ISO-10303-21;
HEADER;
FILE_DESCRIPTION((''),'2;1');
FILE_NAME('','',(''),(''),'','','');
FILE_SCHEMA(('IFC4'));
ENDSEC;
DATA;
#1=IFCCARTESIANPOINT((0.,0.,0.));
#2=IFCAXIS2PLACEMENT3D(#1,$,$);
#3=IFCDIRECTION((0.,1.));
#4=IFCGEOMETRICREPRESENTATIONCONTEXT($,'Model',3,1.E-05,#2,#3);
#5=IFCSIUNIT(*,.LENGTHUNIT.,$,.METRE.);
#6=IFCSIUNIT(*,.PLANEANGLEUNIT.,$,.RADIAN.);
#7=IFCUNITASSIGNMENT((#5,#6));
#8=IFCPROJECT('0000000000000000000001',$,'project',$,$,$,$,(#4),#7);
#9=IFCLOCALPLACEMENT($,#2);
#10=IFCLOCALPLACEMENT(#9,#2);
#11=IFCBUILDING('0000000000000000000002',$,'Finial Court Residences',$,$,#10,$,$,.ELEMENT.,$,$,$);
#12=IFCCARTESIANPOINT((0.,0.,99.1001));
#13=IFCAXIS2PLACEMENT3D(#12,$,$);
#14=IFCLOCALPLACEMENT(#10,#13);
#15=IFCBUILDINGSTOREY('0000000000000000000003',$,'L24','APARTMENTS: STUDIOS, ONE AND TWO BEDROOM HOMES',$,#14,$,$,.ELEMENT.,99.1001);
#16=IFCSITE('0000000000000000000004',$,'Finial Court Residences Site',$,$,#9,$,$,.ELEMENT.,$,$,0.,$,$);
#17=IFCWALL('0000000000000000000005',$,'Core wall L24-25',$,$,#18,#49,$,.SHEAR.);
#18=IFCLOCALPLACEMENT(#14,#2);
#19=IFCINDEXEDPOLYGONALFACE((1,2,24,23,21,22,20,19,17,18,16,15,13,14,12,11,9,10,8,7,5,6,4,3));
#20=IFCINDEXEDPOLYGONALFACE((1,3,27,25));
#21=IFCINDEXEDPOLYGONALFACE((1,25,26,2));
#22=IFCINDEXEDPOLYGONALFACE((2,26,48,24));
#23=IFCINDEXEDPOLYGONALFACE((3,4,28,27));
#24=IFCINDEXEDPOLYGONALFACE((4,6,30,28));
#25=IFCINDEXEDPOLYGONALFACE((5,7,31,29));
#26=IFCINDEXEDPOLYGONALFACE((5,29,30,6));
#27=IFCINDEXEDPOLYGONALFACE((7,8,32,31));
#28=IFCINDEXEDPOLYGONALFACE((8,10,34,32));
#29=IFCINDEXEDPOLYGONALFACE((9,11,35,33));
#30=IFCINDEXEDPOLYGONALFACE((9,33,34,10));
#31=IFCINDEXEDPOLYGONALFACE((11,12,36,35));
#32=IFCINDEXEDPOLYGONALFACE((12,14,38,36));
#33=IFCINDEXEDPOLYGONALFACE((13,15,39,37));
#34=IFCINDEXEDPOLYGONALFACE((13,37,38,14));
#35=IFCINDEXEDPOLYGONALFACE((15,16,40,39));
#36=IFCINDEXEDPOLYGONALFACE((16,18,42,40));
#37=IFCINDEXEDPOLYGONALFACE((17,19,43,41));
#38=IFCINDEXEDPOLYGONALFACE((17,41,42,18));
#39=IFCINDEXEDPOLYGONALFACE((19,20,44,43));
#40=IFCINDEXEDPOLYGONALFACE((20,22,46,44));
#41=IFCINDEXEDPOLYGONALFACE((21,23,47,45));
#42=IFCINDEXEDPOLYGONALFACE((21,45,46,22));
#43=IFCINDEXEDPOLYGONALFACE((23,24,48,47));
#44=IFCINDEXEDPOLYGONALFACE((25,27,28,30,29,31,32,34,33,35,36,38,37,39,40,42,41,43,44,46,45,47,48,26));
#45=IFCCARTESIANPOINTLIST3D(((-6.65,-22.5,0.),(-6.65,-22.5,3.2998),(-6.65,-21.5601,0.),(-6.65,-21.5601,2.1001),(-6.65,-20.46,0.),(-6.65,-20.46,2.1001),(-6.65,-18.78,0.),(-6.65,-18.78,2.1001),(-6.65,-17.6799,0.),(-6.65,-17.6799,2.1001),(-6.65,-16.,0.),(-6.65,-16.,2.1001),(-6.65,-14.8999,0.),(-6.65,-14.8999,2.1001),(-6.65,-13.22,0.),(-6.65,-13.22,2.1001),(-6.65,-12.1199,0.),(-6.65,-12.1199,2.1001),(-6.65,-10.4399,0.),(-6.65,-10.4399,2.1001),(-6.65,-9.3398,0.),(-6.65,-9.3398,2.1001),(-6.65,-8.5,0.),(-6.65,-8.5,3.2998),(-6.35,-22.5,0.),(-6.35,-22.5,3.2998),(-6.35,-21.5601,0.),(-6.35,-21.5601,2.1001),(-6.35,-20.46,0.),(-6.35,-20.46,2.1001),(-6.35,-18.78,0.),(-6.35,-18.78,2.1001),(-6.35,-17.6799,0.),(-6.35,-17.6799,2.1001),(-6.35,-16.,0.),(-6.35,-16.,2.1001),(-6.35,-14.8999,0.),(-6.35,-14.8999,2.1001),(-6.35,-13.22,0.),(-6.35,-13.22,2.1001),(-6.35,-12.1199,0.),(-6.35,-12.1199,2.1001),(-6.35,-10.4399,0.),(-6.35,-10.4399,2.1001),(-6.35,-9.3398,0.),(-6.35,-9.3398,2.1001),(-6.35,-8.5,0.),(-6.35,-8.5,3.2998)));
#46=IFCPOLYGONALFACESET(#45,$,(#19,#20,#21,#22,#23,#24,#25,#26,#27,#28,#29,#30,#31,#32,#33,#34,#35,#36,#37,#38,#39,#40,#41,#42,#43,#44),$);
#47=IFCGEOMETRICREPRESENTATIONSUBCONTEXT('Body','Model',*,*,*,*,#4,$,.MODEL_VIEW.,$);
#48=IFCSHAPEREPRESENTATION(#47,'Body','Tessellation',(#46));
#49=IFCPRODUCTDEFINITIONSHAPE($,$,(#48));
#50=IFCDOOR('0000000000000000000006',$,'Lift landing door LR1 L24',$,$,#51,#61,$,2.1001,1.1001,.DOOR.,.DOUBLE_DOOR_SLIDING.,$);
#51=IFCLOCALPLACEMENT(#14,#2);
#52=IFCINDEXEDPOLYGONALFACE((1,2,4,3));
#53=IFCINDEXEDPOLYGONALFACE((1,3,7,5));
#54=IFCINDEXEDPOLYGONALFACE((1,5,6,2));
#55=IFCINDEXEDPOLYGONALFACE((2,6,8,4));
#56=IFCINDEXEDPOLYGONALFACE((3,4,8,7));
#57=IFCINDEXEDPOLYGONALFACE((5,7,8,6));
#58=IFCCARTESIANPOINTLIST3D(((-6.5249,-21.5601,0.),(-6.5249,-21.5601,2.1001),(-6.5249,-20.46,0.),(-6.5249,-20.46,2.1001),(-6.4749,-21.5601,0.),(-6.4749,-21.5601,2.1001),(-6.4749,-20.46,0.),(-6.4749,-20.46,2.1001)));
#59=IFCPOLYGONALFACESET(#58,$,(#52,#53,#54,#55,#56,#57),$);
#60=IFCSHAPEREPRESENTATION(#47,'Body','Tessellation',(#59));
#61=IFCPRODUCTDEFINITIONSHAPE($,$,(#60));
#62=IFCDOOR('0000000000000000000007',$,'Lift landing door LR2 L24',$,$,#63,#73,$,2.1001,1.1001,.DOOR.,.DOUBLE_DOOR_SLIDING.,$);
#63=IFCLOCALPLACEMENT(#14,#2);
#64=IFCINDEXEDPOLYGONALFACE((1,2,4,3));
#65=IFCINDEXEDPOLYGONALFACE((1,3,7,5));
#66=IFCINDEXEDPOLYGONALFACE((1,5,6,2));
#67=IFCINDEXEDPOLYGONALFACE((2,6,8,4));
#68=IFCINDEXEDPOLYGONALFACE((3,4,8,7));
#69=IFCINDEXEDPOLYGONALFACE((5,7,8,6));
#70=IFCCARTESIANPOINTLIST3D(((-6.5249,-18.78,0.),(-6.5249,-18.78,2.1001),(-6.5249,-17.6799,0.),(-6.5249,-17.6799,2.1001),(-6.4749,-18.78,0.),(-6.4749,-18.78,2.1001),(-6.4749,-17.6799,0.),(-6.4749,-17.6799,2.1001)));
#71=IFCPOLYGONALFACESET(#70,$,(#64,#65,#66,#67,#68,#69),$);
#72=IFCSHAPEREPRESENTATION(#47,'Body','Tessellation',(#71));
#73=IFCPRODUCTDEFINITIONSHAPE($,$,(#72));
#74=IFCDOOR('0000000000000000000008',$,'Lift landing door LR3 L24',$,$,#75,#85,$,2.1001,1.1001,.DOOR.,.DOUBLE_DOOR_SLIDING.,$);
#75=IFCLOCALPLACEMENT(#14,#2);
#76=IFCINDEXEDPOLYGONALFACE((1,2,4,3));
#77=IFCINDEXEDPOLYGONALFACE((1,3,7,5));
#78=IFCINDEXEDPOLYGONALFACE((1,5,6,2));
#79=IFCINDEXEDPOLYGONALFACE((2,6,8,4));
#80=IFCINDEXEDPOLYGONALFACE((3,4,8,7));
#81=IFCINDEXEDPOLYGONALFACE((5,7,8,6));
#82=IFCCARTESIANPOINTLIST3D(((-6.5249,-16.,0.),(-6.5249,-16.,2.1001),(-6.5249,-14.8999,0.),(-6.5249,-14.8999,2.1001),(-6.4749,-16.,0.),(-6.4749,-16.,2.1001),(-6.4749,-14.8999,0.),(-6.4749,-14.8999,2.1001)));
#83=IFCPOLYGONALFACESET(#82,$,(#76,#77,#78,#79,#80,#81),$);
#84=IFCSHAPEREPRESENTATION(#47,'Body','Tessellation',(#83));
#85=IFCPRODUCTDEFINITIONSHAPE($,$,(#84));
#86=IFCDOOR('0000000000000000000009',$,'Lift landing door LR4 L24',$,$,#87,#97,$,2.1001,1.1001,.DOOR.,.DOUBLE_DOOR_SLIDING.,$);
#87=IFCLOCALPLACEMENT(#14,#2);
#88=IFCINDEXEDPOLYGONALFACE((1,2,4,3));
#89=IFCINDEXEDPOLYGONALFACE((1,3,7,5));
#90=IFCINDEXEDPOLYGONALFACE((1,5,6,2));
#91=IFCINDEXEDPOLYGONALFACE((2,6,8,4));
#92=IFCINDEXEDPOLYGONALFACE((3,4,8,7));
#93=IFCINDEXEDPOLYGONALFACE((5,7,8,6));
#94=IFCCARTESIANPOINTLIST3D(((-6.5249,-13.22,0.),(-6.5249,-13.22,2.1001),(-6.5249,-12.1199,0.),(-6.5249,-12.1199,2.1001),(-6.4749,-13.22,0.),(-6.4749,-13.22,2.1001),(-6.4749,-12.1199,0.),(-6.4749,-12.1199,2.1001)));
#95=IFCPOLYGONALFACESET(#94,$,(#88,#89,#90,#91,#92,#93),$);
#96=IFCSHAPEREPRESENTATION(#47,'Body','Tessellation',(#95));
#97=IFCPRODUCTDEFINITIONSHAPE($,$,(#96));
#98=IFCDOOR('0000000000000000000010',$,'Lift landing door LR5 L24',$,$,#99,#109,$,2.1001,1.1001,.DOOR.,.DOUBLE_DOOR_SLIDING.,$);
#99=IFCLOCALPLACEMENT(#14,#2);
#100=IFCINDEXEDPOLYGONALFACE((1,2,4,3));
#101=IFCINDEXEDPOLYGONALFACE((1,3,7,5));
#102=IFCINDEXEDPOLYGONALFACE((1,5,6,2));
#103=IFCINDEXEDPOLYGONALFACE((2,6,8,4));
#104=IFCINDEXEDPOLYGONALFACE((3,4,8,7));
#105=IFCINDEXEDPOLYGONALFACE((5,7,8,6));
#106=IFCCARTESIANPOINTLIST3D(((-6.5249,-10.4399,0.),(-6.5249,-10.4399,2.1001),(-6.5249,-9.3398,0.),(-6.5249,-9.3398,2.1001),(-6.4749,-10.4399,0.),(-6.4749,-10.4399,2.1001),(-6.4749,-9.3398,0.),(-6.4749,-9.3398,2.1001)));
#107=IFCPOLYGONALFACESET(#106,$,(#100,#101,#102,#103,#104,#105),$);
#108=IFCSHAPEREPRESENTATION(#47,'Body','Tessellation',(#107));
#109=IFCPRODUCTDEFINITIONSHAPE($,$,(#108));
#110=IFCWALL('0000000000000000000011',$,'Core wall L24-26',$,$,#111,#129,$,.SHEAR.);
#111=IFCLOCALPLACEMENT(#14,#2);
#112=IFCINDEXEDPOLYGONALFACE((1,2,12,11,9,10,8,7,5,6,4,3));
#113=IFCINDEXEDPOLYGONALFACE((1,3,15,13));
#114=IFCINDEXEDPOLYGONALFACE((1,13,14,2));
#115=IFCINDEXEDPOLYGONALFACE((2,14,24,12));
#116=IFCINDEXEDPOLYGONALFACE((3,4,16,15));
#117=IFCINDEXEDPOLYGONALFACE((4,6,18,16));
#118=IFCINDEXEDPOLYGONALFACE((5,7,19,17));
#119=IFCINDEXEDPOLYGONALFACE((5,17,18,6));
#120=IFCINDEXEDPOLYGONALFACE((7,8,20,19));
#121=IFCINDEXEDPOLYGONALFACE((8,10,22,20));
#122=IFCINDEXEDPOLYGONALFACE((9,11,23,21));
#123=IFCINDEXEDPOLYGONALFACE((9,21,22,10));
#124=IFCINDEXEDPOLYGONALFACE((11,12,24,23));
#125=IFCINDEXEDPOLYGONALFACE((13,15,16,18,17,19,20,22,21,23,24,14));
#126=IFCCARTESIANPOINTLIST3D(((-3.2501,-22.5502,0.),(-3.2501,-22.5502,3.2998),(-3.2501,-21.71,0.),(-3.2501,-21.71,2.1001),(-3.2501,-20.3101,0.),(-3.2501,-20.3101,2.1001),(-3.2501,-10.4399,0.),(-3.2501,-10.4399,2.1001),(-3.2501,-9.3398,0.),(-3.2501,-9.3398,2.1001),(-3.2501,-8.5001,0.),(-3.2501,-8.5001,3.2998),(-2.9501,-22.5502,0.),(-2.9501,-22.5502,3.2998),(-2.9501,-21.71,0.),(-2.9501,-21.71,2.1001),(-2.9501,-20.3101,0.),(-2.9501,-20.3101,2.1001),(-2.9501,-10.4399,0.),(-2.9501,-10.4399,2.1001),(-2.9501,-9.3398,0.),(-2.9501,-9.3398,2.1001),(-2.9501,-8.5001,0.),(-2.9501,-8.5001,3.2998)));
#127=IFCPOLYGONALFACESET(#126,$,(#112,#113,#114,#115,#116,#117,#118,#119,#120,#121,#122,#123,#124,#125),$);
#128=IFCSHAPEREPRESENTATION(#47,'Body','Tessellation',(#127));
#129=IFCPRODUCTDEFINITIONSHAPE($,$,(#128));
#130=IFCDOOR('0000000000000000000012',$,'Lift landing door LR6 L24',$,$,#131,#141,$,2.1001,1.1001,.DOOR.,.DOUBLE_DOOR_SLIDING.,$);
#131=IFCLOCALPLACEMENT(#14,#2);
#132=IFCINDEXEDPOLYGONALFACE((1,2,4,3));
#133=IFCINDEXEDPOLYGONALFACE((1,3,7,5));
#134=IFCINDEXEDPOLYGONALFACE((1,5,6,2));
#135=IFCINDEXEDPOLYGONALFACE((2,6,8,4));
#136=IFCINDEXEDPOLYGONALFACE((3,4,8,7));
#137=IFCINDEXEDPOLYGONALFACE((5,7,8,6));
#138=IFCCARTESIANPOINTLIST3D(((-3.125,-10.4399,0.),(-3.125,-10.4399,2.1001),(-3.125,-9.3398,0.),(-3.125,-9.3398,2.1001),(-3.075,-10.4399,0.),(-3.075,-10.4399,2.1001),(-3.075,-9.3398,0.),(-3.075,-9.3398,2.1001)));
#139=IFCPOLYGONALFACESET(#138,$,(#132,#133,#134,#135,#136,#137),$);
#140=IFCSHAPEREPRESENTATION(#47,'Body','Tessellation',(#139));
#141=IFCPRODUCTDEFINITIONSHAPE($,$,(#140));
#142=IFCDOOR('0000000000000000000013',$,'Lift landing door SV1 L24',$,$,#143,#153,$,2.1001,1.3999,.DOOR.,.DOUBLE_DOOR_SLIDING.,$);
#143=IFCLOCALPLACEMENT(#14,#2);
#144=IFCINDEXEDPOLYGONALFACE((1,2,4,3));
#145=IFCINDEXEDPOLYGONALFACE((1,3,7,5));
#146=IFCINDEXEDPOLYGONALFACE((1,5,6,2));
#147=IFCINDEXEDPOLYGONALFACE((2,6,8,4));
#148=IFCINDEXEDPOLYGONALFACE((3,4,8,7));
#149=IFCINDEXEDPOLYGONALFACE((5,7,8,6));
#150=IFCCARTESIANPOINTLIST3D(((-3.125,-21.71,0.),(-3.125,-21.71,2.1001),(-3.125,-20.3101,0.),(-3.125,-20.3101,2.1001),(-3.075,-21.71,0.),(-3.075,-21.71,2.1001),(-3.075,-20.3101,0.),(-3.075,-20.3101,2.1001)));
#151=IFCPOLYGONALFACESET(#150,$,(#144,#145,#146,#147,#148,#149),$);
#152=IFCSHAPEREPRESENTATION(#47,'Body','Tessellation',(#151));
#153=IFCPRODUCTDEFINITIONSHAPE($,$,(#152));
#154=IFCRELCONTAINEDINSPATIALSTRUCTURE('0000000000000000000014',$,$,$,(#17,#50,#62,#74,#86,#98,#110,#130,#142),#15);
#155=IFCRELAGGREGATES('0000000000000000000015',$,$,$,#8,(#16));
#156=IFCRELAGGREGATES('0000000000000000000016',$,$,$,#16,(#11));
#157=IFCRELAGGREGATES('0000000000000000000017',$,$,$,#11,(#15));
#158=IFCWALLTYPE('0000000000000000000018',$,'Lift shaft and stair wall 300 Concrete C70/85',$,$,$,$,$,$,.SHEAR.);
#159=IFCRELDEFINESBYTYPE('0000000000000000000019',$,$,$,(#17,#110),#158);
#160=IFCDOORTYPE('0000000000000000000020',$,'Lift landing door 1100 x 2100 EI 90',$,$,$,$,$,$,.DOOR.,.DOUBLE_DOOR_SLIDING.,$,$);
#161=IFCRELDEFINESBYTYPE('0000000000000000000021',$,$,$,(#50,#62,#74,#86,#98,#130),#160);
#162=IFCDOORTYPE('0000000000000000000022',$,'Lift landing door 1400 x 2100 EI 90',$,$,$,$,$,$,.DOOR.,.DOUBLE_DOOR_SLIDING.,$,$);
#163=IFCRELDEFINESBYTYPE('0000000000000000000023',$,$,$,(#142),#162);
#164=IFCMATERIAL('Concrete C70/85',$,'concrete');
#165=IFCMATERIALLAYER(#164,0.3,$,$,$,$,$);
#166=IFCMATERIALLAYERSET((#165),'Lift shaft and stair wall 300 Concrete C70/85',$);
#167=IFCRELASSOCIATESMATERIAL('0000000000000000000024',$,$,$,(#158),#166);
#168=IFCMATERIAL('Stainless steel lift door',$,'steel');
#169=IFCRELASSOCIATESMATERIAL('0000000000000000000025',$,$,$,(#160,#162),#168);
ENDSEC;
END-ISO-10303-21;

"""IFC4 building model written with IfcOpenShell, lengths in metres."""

from ifc_helpers import new_model, si_unit, direction, frame, frame_2d, origin, place, context, subcontext, project, spatial, rectangle, extrude, material, layer, layer_set, type_object, element, fill, save


model = new_model("IFC4")

# Units and contexts
model_context = context("Model", 3, precision=1e-05, world=origin(), true_north=direction((0.0, 1.0)))
body_context = subcontext(model_context, "Body", "Model", "MODEL_VIEW")
ifc_project = project(units=[si_unit("LENGTHUNIT", "METRE"), si_unit("PLANEANGLEUNIT", "RADIAN")], contexts=[model_context])

# Site, building, storey
site_placement = place(None, origin())
site = spatial("IfcSite", under=ifc_project, at=site_placement, Name="Finial Court Residences Site", CompositionType="ELEMENT", RefElevation=0.0)
building_placement = place(site_placement, origin())
building = spatial("IfcBuilding", under=site, at=building_placement, Name="Finial Court Residences", CompositionType="ELEMENT")
storey_placement = place(building_placement, frame((0.0, 0.0, 99.1001)))
storey = spatial("IfcBuildingStorey", under=building, at=storey_placement, Name="L24", Description="APARTMENTS: STUDIOS, ONE AND TWO BEDROOM HOMES", CompositionType="ELEMENT", Elevation=99.1001)

# Shared definitions
ifc_material_1 = material(Name="Concrete C70/85", Category="concrete")
ifc_layer_1 = layer(ifc_material_1, 0.3)
ifc_layer_set_1 = layer_set([ifc_layer_1], Name="Lift shaft and stair wall 300 Concrete C70/85")
wall_type_1 = type_object("IfcWallType", Name="Lift shaft and stair wall 300 Concrete C70/85", PredefinedType="SHEAR", material=ifc_layer_set_1)

# Walls, openings, doors
wall_1_placement = place(storey_placement, frame((-6.5, -22.5, 0.0), z_axis=(0.0, 0.0, 1.0), x_axis=(0.0, 1.0, 0.0)))
wall_1 = element("IfcWall", 1, at=wall_1_placement, inside=storey, type_object=wall_type_1, Name="Core wall L24-25", PredefinedType="SHEAR", context=body_context, shape_type="SweptSolid", body=[
    extrude(rectangle(XDim=14.0, YDim=0.3, at=frame_2d((7.0, 0.0))), origin(), (0.0, 0.0, 1.0), 3.2998),
])
opening_1_placement = place(wall_1_placement, frame((0.9399, 0.0, 0.0)))
opening_1 = element("IfcOpeningElement", 2, at=opening_1_placement, cuts=wall_1, PredefinedType="OPENING", context=body_context, shape_type="SweptSolid", body=[
    extrude(rectangle(XDim=1.1001, YDim=2.1001, at=frame_2d((0.55, 1.05))), frame((0.0, 0.1599, 0.0), z_axis=(0.0, -1.0, 0.0), x_axis=(1.0, 0.0, 0.0)), (0.0, 0.0, 1.0), 0.3201),
])
opening_2_placement = place(wall_1_placement, frame((3.72, 0.0, 0.0)))
opening_2 = element("IfcOpeningElement", 3, at=opening_2_placement, cuts=wall_1, PredefinedType="OPENING", context=body_context, shape_type="SweptSolid", body=[
    extrude(rectangle(XDim=1.1001, YDim=2.1001, at=frame_2d((0.55, 1.05))), frame((0.0, 0.1599, 0.0), z_axis=(0.0, -1.0, 0.0), x_axis=(1.0, 0.0, 0.0)), (0.0, 0.0, 1.0), 0.3201),
])
opening_3_placement = place(wall_1_placement, frame((6.5, 0.0, 0.0)))
opening_3 = element("IfcOpeningElement", 4, at=opening_3_placement, cuts=wall_1, PredefinedType="OPENING", context=body_context, shape_type="SweptSolid", body=[
    extrude(rectangle(XDim=1.1001, YDim=2.1001, at=frame_2d((0.55, 1.05))), frame((0.0, 0.1599, 0.0), z_axis=(0.0, -1.0, 0.0), x_axis=(1.0, 0.0, 0.0)), (0.0, 0.0, 1.0), 0.3201),
])
opening_4_placement = place(wall_1_placement, frame((9.28, 0.0, 0.0)))
opening_4 = element("IfcOpeningElement", 5, at=opening_4_placement, cuts=wall_1, PredefinedType="OPENING", context=body_context, shape_type="SweptSolid", body=[
    extrude(rectangle(XDim=1.1001, YDim=2.1001, at=frame_2d((0.55, 1.05))), frame((0.0, 0.1599, 0.0), z_axis=(0.0, -1.0, 0.0), x_axis=(1.0, 0.0, 0.0)), (0.0, 0.0, 1.0), 0.3201),
])
opening_5_placement = place(wall_1_placement, frame((12.0601, 0.0, 0.0)))
opening_5 = element("IfcOpeningElement", 6, at=opening_5_placement, cuts=wall_1, PredefinedType="OPENING", context=body_context, shape_type="SweptSolid", body=[
    extrude(rectangle(XDim=1.1001, YDim=2.1001, at=frame_2d((0.55, 1.05))), frame((0.0, 0.1599, 0.0), z_axis=(0.0, -1.0, 0.0), x_axis=(1.0, 0.0, 0.0)), (0.0, 0.0, 1.0), 0.3201),
])
ifc_material_2 = material(Name="Stainless steel lift door", Category="steel")
door_type_1 = type_object("IfcDoorType", Name="Lift landing door 1100 x 2100 EI 90", OperationType="DOUBLE_DOOR_SLIDING", PredefinedType="DOOR", material=ifc_material_2)
door_1_placement = place(opening_1_placement, origin())
door_1 = element("IfcDoor", 7, at=door_1_placement, inside=storey, type_object=door_type_1, Name="Lift landing door LR1 L24", OperationType="DOUBLE_DOOR_SLIDING", OverallHeight=2.1001, OverallWidth=1.1001, PredefinedType="DOOR", context=body_context, shape_type="SweptSolid", body=[
    extrude(rectangle(XDim=1.1001, YDim=2.1001, at=frame_2d((0.55, 1.05))), frame((0.0, 0.0249, 0.0), z_axis=(0.0, -1.0, 0.0), x_axis=(1.0, 0.0, 0.0)), (0.0, 0.0, 1.0), 0.05),
])
fill(opening_1, door_1)
door_2_placement = place(opening_2_placement, origin())
door_2 = element("IfcDoor", 8, at=door_2_placement, inside=storey, type_object=door_type_1, Name="Lift landing door LR2 L24", OperationType="DOUBLE_DOOR_SLIDING", OverallHeight=2.1001, OverallWidth=1.1001, PredefinedType="DOOR", context=body_context, shape_type="SweptSolid", body=[
    extrude(rectangle(XDim=1.1001, YDim=2.1001, at=frame_2d((0.55, 1.05))), frame((0.0, 0.0249, 0.0), z_axis=(0.0, -1.0, 0.0), x_axis=(1.0, 0.0, 0.0)), (0.0, 0.0, 1.0), 0.05),
])
fill(opening_2, door_2)
door_3_placement = place(opening_3_placement, origin())
door_3 = element("IfcDoor", 9, at=door_3_placement, inside=storey, type_object=door_type_1, Name="Lift landing door LR3 L24", OperationType="DOUBLE_DOOR_SLIDING", OverallHeight=2.1001, OverallWidth=1.1001, PredefinedType="DOOR", context=body_context, shape_type="SweptSolid", body=[
    extrude(rectangle(XDim=1.1001, YDim=2.1001, at=frame_2d((0.55, 1.05))), frame((0.0, 0.0249, 0.0), z_axis=(0.0, -1.0, 0.0), x_axis=(1.0, 0.0, 0.0)), (0.0, 0.0, 1.0), 0.05),
])
fill(opening_3, door_3)
door_4_placement = place(opening_4_placement, origin())
door_4 = element("IfcDoor", 10, at=door_4_placement, inside=storey, type_object=door_type_1, Name="Lift landing door LR4 L24", OperationType="DOUBLE_DOOR_SLIDING", OverallHeight=2.1001, OverallWidth=1.1001, PredefinedType="DOOR", context=body_context, shape_type="SweptSolid", body=[
    extrude(rectangle(XDim=1.1001, YDim=2.1001, at=frame_2d((0.55, 1.05))), frame((0.0, 0.0249, 0.0), z_axis=(0.0, -1.0, 0.0), x_axis=(1.0, 0.0, 0.0)), (0.0, 0.0, 1.0), 0.05),
])
fill(opening_4, door_4)
door_5_placement = place(opening_5_placement, origin())
door_5 = element("IfcDoor", 11, at=door_5_placement, inside=storey, type_object=door_type_1, Name="Lift landing door LR5 L24", OperationType="DOUBLE_DOOR_SLIDING", OverallHeight=2.1001, OverallWidth=1.1001, PredefinedType="DOOR", context=body_context, shape_type="SweptSolid", body=[
    extrude(rectangle(XDim=1.1001, YDim=2.1001, at=frame_2d((0.55, 1.05))), frame((0.0, 0.0249, 0.0), z_axis=(0.0, -1.0, 0.0), x_axis=(1.0, 0.0, 0.0)), (0.0, 0.0, 1.0), 0.05),
])
fill(opening_5, door_5)
wall_2_placement = place(storey_placement, frame((-3.1001, -22.55, 0.0), z_axis=(0.0, 0.0, 1.0), x_axis=(0.0, 1.0, 0.0)))
wall_2 = element("IfcWall", 12, at=wall_2_placement, inside=storey, type_object=wall_type_1, Name="Core wall L24-26", PredefinedType="SHEAR", context=body_context, shape_type="SweptSolid", body=[
    extrude(rectangle(XDim=14.05, YDim=0.3, at=frame_2d((7.0249, 0.0))), origin(), (0.0, 0.0, 1.0), 3.2998),
])
opening_6_placement = place(wall_2_placement, frame((12.1101, 0.0, 0.0)))
opening_6 = element("IfcOpeningElement", 13, at=opening_6_placement, cuts=wall_2, PredefinedType="OPENING", context=body_context, shape_type="SweptSolid", body=[
    extrude(rectangle(XDim=1.1001, YDim=2.1001, at=frame_2d((0.55, 1.05))), frame((0.0, 0.1599, 0.0), z_axis=(0.0, -1.0, 0.0), x_axis=(1.0, 0.0, 0.0)), (0.0, 0.0, 1.0), 0.3201),
])
opening_7_placement = place(wall_2_placement, frame((0.8401, 0.0, 0.0)))
opening_7 = element("IfcOpeningElement", 14, at=opening_7_placement, cuts=wall_2, PredefinedType="OPENING", context=body_context, shape_type="SweptSolid", body=[
    extrude(rectangle(XDim=1.3999, YDim=2.1001, at=frame_2d((0.7, 1.05))), frame((0.0, 0.1599, 0.0), z_axis=(0.0, -1.0, 0.0), x_axis=(1.0, 0.0, 0.0)), (0.0, 0.0, 1.0), 0.3201),
])
door_6_placement = place(opening_6_placement, origin())
door_6 = element("IfcDoor", 15, at=door_6_placement, inside=storey, type_object=door_type_1, Name="Lift landing door LR6 L24", OperationType="DOUBLE_DOOR_SLIDING", OverallHeight=2.1001, OverallWidth=1.1001, PredefinedType="DOOR", context=body_context, shape_type="SweptSolid", body=[
    extrude(rectangle(XDim=1.1001, YDim=2.1001, at=frame_2d((0.55, 1.05))), frame((0.0, 0.0249, 0.0), z_axis=(0.0, -1.0, 0.0), x_axis=(1.0, 0.0, 0.0)), (0.0, 0.0, 1.0), 0.05),
])
fill(opening_6, door_6)
door_type_2 = type_object("IfcDoorType", Name="Lift landing door 1400 x 2100 EI 90", OperationType="DOUBLE_DOOR_SLIDING", PredefinedType="DOOR", material=ifc_material_2)
door_7_placement = place(opening_7_placement, origin())
door_7 = element("IfcDoor", 16, at=door_7_placement, inside=storey, type_object=door_type_2, Name="Lift landing door SV1 L24", OperationType="DOUBLE_DOOR_SLIDING", OverallHeight=2.1001, OverallWidth=1.3999, PredefinedType="DOOR", context=body_context, shape_type="SweptSolid", body=[
    extrude(rectangle(XDim=1.3999, YDim=2.1001, at=frame_2d((0.7, 1.05))), frame((0.0, 0.0249, 0.0), z_axis=(0.0, -1.0, 0.0), x_axis=(1.0, 0.0, 0.0)), (0.0, 0.0, 1.0), 0.05),
])
fill(opening_7, door_7)

save(model, "model.ifc")
